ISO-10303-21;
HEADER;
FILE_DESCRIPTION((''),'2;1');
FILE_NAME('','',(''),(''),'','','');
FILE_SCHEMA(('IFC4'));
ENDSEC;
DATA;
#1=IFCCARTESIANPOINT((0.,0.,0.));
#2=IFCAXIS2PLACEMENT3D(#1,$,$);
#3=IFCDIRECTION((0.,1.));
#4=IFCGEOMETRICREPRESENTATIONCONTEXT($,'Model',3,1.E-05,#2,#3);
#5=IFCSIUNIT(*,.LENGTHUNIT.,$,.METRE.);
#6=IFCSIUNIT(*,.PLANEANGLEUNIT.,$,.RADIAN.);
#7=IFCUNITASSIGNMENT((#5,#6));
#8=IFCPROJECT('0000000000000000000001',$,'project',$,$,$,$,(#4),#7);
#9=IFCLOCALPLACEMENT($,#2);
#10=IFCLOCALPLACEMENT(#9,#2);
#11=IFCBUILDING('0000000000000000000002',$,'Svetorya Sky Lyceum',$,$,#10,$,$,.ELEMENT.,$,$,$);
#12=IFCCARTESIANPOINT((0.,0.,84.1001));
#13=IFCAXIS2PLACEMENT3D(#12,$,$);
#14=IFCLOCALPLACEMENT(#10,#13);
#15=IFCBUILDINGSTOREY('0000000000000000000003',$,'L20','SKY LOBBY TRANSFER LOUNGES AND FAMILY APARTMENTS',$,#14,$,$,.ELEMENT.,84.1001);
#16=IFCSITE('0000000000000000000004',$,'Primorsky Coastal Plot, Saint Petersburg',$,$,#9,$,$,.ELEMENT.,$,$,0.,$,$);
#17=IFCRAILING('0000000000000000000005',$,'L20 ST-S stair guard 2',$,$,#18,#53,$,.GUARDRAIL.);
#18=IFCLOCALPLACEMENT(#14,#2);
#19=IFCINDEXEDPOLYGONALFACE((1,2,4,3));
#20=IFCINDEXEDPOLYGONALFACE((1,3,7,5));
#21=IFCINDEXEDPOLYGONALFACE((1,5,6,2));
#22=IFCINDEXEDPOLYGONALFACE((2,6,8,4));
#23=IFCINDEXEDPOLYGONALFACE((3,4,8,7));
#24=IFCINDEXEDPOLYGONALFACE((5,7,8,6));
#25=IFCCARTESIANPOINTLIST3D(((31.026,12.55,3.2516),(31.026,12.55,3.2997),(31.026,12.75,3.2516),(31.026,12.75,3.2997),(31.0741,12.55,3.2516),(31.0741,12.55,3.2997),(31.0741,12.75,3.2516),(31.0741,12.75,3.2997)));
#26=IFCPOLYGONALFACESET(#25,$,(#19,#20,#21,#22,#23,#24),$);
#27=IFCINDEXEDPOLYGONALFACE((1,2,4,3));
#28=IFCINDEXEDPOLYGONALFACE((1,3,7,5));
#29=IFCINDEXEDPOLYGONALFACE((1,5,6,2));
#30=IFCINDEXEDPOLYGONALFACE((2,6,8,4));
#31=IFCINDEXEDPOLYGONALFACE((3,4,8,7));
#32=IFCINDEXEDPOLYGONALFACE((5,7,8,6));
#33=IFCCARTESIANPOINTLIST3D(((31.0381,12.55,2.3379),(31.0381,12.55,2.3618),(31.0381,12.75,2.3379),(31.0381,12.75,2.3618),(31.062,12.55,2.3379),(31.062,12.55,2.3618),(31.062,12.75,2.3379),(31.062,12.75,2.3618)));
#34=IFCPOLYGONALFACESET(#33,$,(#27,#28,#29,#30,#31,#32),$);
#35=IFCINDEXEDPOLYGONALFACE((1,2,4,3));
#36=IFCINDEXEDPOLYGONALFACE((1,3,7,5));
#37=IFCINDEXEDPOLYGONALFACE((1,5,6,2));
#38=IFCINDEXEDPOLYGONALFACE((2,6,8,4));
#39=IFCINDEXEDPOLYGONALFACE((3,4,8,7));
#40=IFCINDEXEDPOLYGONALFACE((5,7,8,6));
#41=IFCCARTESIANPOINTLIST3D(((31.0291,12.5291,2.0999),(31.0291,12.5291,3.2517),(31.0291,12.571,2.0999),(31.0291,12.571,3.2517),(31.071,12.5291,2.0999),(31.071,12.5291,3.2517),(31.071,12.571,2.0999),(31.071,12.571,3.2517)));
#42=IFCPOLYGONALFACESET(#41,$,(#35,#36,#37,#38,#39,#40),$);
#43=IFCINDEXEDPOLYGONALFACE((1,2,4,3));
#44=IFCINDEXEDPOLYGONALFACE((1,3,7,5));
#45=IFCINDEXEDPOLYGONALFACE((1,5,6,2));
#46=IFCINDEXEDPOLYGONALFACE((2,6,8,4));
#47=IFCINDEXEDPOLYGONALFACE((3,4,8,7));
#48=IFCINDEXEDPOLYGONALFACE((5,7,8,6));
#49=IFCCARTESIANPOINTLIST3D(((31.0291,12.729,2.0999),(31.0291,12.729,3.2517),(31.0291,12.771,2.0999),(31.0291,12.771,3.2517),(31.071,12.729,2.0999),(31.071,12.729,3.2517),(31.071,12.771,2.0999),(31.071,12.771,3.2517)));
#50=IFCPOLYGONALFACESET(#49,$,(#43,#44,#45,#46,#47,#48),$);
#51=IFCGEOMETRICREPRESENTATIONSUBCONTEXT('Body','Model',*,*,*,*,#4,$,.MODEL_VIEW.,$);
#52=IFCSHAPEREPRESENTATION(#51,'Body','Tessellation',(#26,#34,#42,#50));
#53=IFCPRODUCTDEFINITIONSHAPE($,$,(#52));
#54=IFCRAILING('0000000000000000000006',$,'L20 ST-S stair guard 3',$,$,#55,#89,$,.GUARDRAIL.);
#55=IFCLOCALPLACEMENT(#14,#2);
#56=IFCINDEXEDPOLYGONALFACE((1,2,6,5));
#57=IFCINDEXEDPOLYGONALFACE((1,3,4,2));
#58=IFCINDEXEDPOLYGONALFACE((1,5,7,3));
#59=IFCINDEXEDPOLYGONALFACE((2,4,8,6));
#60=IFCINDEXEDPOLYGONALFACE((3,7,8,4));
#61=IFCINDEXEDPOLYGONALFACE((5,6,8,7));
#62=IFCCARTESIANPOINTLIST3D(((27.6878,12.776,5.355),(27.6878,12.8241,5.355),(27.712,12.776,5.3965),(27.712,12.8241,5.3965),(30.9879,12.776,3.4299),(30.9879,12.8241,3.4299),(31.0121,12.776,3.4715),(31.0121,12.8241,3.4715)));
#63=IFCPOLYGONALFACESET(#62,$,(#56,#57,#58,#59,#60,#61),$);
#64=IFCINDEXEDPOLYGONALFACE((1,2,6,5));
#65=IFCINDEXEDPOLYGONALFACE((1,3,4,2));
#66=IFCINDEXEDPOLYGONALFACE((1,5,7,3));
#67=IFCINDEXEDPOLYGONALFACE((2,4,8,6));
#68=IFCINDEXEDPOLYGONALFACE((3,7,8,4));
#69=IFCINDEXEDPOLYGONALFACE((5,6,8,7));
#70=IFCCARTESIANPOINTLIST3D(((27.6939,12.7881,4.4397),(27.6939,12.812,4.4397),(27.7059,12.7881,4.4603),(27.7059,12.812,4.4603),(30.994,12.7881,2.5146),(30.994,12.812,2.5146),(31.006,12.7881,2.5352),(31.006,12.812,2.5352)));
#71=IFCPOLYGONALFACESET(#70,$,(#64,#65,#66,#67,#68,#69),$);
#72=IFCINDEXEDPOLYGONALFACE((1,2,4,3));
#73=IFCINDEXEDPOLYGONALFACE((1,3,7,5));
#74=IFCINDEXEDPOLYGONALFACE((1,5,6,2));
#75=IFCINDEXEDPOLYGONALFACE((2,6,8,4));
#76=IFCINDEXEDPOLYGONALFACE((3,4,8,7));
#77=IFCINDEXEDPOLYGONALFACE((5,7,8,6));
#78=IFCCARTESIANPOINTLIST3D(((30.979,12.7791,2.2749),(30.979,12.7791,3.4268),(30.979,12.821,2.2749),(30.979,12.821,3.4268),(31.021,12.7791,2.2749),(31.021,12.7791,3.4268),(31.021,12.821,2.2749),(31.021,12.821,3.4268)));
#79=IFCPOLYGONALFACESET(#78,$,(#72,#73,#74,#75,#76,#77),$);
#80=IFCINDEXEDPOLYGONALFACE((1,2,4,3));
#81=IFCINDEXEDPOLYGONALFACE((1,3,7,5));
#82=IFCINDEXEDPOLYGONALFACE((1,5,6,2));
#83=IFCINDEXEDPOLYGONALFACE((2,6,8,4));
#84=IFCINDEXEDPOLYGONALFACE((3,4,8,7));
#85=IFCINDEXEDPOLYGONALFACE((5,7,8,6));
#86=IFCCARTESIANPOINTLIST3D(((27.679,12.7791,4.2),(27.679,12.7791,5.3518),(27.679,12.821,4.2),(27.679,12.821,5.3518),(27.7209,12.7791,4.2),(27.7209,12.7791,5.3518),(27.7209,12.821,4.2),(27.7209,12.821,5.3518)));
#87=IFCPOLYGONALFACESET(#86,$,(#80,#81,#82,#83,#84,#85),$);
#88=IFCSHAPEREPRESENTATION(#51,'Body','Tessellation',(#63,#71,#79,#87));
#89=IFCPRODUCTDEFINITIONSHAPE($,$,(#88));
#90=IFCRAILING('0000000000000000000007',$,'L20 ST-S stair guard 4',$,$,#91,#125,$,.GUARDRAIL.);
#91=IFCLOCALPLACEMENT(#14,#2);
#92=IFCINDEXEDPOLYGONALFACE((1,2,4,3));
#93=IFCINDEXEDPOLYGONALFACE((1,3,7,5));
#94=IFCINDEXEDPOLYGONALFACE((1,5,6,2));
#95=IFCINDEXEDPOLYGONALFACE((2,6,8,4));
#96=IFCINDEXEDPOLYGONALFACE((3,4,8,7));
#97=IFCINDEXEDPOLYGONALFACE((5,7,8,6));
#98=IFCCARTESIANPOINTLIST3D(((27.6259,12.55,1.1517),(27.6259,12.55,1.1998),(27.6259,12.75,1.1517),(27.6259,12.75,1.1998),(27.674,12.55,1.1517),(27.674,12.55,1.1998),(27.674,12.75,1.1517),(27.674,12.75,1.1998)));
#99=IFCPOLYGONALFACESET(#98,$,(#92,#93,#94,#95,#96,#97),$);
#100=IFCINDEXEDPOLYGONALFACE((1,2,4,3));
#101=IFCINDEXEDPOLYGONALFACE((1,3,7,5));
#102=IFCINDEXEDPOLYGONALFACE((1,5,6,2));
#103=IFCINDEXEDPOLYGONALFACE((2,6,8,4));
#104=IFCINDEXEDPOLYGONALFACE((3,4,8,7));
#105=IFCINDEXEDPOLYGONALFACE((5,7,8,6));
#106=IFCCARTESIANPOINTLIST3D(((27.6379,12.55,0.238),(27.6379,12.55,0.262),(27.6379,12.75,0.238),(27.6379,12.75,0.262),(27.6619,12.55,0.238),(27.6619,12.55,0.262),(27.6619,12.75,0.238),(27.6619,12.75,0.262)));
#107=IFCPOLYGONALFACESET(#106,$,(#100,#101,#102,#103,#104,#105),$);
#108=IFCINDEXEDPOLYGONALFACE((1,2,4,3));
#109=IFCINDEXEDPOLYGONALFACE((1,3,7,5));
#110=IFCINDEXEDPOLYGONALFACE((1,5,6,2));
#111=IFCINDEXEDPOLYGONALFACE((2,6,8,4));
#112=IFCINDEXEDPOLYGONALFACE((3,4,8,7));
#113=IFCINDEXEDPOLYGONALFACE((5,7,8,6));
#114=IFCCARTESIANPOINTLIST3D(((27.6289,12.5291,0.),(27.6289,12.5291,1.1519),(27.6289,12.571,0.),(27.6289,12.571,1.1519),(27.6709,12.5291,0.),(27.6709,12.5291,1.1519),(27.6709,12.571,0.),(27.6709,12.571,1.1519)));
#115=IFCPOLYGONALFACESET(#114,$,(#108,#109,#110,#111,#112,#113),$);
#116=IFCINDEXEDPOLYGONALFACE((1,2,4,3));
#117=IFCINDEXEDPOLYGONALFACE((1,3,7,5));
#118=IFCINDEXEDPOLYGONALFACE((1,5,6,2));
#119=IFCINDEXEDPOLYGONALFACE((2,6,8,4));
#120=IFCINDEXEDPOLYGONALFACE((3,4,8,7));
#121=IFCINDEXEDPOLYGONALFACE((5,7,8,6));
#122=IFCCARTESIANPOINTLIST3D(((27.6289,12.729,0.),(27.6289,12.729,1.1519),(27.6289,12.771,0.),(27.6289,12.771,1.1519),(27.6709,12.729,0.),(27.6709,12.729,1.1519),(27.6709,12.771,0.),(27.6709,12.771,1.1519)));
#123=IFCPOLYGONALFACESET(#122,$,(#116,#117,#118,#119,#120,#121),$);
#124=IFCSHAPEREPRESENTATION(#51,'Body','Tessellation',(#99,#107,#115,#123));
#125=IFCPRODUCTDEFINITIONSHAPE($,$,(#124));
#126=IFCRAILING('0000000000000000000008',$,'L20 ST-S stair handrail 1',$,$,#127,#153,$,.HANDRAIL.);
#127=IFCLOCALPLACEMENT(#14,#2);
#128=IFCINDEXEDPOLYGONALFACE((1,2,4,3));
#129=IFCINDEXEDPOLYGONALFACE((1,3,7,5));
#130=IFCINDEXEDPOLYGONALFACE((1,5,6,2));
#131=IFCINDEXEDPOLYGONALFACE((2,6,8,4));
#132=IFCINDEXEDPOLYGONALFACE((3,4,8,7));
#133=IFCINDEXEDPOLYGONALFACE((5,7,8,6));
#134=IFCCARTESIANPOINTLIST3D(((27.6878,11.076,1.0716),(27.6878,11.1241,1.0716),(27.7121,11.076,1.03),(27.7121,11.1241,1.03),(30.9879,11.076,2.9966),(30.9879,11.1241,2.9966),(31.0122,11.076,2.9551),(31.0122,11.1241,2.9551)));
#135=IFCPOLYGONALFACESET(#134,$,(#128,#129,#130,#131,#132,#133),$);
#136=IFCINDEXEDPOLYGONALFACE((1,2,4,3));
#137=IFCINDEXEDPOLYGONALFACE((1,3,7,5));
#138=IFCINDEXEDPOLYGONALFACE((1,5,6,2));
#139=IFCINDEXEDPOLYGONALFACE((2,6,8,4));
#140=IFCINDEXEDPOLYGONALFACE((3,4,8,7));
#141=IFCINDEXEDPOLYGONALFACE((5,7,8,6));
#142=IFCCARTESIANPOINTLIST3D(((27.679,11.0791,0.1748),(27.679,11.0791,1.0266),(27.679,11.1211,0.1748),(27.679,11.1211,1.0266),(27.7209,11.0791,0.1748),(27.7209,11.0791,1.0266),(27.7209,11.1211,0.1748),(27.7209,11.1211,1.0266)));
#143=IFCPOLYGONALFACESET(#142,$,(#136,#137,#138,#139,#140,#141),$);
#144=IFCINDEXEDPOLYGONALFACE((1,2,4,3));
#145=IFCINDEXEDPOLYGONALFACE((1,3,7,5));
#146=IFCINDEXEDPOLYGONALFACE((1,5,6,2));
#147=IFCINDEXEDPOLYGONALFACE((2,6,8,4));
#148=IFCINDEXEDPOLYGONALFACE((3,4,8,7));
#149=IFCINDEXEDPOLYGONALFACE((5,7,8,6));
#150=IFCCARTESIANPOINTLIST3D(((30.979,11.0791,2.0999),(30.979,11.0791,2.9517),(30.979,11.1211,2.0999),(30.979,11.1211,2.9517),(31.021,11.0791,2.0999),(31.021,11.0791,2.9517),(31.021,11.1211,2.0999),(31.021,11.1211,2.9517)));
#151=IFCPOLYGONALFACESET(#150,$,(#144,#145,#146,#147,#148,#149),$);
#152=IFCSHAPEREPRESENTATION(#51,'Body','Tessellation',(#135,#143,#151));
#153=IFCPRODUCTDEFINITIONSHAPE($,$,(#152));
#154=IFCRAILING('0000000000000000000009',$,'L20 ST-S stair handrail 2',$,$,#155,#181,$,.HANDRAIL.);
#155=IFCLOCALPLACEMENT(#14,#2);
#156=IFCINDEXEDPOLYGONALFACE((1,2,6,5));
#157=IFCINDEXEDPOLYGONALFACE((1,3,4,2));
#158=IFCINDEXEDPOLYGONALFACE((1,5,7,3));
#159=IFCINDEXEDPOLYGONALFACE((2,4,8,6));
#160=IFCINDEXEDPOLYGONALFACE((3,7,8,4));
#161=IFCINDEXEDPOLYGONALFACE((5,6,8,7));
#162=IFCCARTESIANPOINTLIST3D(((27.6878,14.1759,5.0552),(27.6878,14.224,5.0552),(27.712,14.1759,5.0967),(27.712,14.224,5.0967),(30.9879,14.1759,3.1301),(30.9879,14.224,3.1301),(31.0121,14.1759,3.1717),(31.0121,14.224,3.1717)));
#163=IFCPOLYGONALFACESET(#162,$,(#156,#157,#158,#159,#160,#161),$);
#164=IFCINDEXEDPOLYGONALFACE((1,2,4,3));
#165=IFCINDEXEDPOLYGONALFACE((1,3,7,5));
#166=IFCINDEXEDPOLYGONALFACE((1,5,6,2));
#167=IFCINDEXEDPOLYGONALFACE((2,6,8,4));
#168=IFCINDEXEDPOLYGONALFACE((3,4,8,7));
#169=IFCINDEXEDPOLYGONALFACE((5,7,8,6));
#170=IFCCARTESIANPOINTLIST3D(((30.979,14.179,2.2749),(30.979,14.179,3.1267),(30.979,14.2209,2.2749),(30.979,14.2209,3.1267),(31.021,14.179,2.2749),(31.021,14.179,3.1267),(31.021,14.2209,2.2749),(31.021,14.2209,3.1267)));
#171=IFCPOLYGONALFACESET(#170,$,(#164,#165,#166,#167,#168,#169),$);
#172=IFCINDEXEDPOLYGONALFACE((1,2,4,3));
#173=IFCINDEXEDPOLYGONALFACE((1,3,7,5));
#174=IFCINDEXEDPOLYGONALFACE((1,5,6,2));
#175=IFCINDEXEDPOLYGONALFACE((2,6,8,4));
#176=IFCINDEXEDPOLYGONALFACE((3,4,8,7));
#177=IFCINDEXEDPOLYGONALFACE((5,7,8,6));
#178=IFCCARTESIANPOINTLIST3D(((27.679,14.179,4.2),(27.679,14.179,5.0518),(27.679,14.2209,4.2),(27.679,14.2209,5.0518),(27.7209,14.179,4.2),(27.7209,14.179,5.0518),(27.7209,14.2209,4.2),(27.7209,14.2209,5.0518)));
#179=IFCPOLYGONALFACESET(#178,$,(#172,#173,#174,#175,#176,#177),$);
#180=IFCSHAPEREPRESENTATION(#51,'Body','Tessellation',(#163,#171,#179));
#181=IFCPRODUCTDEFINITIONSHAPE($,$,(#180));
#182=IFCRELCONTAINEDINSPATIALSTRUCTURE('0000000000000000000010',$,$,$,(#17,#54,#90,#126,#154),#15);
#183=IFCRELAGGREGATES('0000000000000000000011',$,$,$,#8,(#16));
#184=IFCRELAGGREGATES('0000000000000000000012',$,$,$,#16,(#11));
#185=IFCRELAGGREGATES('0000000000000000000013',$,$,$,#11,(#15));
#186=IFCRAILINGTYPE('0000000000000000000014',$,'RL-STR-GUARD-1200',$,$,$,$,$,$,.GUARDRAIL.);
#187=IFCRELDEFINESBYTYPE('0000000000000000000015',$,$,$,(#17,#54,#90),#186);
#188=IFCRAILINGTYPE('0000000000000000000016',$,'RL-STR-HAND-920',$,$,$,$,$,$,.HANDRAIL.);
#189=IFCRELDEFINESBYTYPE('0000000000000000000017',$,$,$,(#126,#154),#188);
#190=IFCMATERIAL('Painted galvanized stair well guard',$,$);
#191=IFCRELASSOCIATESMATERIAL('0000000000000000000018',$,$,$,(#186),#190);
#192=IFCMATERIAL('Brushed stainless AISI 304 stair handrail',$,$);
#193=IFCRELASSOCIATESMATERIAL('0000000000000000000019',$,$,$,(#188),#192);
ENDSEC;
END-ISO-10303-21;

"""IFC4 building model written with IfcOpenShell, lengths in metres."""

from ifc_helpers import new_model, si_unit, direction, frame, origin, origin_2d, place, context, subcontext, project, spatial, rectangle, extrude, material, type_object, element, save


model = new_model("IFC4")

# Units and contexts
model_context = context("Model", 3, precision=1e-05, world=origin(), true_north=direction((0.0, 1.0)))
body_context = subcontext(model_context, "Body", "Model", "MODEL_VIEW")
ifc_project = project(units=[si_unit("LENGTHUNIT", "METRE"), si_unit("PLANEANGLEUNIT", "RADIAN")], contexts=[model_context])

# Site, building, storey
site_placement = place(None, origin())
site = spatial("IfcSite", under=ifc_project, at=site_placement, Name="Primorsky Coastal Plot, Saint Petersburg", CompositionType="ELEMENT", RefElevation=0.0)
building_placement = place(site_placement, origin())
building = spatial("IfcBuilding", under=site, at=building_placement, Name="Svetorya Sky Lyceum", CompositionType="ELEMENT")
storey_placement = place(building_placement, frame((0.0, 0.0, 84.1001)))
storey = spatial("IfcBuildingStorey", under=building, at=storey_placement, Name="L20", Description="SKY LOBBY TRANSFER LOUNGES AND FAMILY APARTMENTS", CompositionType="ELEMENT", Elevation=84.1001)

# Railings
ifc_material_1 = material(Name="Painted galvanized stair well guard")
railing_type_1 = type_object("IfcRailingType", Name="RL-STR-GUARD-1200", PredefinedType="GUARDRAIL", material=ifc_material_1)
railing_1_placement = place(storey_placement, frame((31.05, 12.55, 2.0999)))
element("IfcRailing", 1, at=railing_1_placement, inside=storey, type_object=railing_type_1, Name="L20 ST-S stair guard 2", PredefinedType="GUARDRAIL", context=body_context, shape_type="SweptSolid", body=[
    extrude(rectangle(XDim=0.0481, YDim=0.0481, at=origin_2d()), frame((0.0, 0.0, 1.1758), z_axis=(0.0, 1.0, 0.0), x_axis=(-1.0, 0.0, 0.0)), (0.0, 0.0, 1.0), 0.2),
    extrude(rectangle(XDim=0.0239, YDim=0.0239, at=origin_2d()), frame((0.0, 0.0, 0.25), z_axis=(0.0, 1.0, 0.0), x_axis=(-1.0, 0.0, 0.0)), (0.0, 0.0, 1.0), 0.2),
    extrude(rectangle(XDim=0.042, YDim=0.042, at=origin_2d()), origin(), (0.0, 0.0, 1.0), 1.1519),
    extrude(rectangle(XDim=0.042, YDim=0.042, at=origin_2d()), frame((0.0, 0.2, 0.0)), (0.0, 0.0, 1.0), 1.1519),
])
railing_2_placement = place(storey_placement, frame((31.0, 12.8, 2.2749)))
element("IfcRailing", 2, at=railing_2_placement, inside=storey, type_object=railing_type_1, Name="L20 ST-S stair guard 3", PredefinedType="GUARDRAIL", context=body_context, shape_type="SweptSolid", body=[
    extrude(rectangle(XDim=0.0481, YDim=0.0481, at=origin_2d()), frame((0.0, 0.0, 1.1758), z_axis=(-0.863777, 0.0, 0.503875), x_axis=(0.0, -1.0, 0.0)), (0.0, 0.0, 1.0), 3.8206),
    extrude(rectangle(XDim=0.0239, YDim=0.0239, at=origin_2d()), frame((0.0, 0.0, 0.25), z_axis=(-0.863777, 0.0, 0.503875), x_axis=(0.0, -1.0, 0.0)), (0.0, 0.0, 1.0), 3.8206),
    extrude(rectangle(XDim=0.042, YDim=0.042, at=origin_2d()), origin(), (0.0, 0.0, 1.0), 1.1519),
    extrude(rectangle(XDim=0.042, YDim=0.042, at=origin_2d()), frame((-3.3, 0.0, 1.925)), (0.0, 0.0, 1.0), 1.1519),
])
railing_3_placement = place(storey_placement, frame((27.6499, 12.55, 0.0)))
element("IfcRailing", 3, at=railing_3_placement, inside=storey, type_object=railing_type_1, Name="L20 ST-S stair guard 4", PredefinedType="GUARDRAIL", context=body_context, shape_type="SweptSolid", body=[
    extrude(rectangle(XDim=0.0481, YDim=0.0481, at=origin_2d()), frame((0.0, 0.0, 1.1758), z_axis=(0.0, 1.0, 0.0), x_axis=(-1.0, 0.0, 0.0)), (0.0, 0.0, 1.0), 0.2),
    extrude(rectangle(XDim=0.0239, YDim=0.0239, at=origin_2d()), frame((0.0, 0.0, 0.25), z_axis=(0.0, 1.0, 0.0), x_axis=(-1.0, 0.0, 0.0)), (0.0, 0.0, 1.0), 0.2),
    extrude(rectangle(XDim=0.042, YDim=0.042, at=origin_2d()), origin(), (0.0, 0.0, 1.0), 1.1519),
    extrude(rectangle(XDim=0.042, YDim=0.042, at=origin_2d()), frame((0.0, 0.2, 0.0)), (0.0, 0.0, 1.0), 1.1519),
])
ifc_material_2 = material(Name="Brushed stainless AISI 304 stair handrail")
railing_type_2 = type_object("IfcRailingType", Name="RL-STR-HAND-920", PredefinedType="HANDRAIL", material=ifc_material_2)
railing_4_placement = place(storey_placement, frame((27.7, 11.1001, 0.1748)))
element("IfcRailing", 4, at=railing_4_placement, inside=storey, type_object=railing_type_2, Name="L20 ST-S stair handrail 1", PredefinedType="HANDRAIL", context=body_context, shape_type="SweptSolid", body=[
    extrude(rectangle(XDim=0.0481, YDim=0.0481, at=origin_2d()), frame((0.0, 0.0, 0.876), z_axis=(0.863777, 0.0, 0.503875), x_axis=(0.0, 1.0, 0.0)), (0.0, 0.0, 1.0), 3.8206),
    extrude(rectangle(XDim=0.042, YDim=0.042, at=origin_2d()), origin(), (0.0, 0.0, 1.0), 0.8518),
    extrude(rectangle(XDim=0.042, YDim=0.042, at=origin_2d()), frame((3.3, 0.0, 1.925)), (0.0, 0.0, 1.0), 0.8518),
])
railing_5_placement = place(storey_placement, frame((31.0, 14.2, 2.2749)))
element("IfcRailing", 5, at=railing_5_placement, inside=storey, type_object=railing_type_2, Name="L20 ST-S stair handrail 2", PredefinedType="HANDRAIL", context=body_context, shape_type="SweptSolid", body=[
    extrude(rectangle(XDim=0.0481, YDim=0.0481, at=origin_2d()), frame((0.0, 0.0, 0.876), z_axis=(-0.863777, 0.0, 0.503875), x_axis=(0.0, -1.0, 0.0)), (0.0, 0.0, 1.0), 3.8206),
    extrude(rectangle(XDim=0.042, YDim=0.042, at=origin_2d()), origin(), (0.0, 0.0, 1.0), 0.8518),
    extrude(rectangle(XDim=0.042, YDim=0.042, at=origin_2d()), frame((-3.3, 0.0, 1.925)), (0.0, 0.0, 1.0), 0.8518),
])

save(model, "model.ifc")
